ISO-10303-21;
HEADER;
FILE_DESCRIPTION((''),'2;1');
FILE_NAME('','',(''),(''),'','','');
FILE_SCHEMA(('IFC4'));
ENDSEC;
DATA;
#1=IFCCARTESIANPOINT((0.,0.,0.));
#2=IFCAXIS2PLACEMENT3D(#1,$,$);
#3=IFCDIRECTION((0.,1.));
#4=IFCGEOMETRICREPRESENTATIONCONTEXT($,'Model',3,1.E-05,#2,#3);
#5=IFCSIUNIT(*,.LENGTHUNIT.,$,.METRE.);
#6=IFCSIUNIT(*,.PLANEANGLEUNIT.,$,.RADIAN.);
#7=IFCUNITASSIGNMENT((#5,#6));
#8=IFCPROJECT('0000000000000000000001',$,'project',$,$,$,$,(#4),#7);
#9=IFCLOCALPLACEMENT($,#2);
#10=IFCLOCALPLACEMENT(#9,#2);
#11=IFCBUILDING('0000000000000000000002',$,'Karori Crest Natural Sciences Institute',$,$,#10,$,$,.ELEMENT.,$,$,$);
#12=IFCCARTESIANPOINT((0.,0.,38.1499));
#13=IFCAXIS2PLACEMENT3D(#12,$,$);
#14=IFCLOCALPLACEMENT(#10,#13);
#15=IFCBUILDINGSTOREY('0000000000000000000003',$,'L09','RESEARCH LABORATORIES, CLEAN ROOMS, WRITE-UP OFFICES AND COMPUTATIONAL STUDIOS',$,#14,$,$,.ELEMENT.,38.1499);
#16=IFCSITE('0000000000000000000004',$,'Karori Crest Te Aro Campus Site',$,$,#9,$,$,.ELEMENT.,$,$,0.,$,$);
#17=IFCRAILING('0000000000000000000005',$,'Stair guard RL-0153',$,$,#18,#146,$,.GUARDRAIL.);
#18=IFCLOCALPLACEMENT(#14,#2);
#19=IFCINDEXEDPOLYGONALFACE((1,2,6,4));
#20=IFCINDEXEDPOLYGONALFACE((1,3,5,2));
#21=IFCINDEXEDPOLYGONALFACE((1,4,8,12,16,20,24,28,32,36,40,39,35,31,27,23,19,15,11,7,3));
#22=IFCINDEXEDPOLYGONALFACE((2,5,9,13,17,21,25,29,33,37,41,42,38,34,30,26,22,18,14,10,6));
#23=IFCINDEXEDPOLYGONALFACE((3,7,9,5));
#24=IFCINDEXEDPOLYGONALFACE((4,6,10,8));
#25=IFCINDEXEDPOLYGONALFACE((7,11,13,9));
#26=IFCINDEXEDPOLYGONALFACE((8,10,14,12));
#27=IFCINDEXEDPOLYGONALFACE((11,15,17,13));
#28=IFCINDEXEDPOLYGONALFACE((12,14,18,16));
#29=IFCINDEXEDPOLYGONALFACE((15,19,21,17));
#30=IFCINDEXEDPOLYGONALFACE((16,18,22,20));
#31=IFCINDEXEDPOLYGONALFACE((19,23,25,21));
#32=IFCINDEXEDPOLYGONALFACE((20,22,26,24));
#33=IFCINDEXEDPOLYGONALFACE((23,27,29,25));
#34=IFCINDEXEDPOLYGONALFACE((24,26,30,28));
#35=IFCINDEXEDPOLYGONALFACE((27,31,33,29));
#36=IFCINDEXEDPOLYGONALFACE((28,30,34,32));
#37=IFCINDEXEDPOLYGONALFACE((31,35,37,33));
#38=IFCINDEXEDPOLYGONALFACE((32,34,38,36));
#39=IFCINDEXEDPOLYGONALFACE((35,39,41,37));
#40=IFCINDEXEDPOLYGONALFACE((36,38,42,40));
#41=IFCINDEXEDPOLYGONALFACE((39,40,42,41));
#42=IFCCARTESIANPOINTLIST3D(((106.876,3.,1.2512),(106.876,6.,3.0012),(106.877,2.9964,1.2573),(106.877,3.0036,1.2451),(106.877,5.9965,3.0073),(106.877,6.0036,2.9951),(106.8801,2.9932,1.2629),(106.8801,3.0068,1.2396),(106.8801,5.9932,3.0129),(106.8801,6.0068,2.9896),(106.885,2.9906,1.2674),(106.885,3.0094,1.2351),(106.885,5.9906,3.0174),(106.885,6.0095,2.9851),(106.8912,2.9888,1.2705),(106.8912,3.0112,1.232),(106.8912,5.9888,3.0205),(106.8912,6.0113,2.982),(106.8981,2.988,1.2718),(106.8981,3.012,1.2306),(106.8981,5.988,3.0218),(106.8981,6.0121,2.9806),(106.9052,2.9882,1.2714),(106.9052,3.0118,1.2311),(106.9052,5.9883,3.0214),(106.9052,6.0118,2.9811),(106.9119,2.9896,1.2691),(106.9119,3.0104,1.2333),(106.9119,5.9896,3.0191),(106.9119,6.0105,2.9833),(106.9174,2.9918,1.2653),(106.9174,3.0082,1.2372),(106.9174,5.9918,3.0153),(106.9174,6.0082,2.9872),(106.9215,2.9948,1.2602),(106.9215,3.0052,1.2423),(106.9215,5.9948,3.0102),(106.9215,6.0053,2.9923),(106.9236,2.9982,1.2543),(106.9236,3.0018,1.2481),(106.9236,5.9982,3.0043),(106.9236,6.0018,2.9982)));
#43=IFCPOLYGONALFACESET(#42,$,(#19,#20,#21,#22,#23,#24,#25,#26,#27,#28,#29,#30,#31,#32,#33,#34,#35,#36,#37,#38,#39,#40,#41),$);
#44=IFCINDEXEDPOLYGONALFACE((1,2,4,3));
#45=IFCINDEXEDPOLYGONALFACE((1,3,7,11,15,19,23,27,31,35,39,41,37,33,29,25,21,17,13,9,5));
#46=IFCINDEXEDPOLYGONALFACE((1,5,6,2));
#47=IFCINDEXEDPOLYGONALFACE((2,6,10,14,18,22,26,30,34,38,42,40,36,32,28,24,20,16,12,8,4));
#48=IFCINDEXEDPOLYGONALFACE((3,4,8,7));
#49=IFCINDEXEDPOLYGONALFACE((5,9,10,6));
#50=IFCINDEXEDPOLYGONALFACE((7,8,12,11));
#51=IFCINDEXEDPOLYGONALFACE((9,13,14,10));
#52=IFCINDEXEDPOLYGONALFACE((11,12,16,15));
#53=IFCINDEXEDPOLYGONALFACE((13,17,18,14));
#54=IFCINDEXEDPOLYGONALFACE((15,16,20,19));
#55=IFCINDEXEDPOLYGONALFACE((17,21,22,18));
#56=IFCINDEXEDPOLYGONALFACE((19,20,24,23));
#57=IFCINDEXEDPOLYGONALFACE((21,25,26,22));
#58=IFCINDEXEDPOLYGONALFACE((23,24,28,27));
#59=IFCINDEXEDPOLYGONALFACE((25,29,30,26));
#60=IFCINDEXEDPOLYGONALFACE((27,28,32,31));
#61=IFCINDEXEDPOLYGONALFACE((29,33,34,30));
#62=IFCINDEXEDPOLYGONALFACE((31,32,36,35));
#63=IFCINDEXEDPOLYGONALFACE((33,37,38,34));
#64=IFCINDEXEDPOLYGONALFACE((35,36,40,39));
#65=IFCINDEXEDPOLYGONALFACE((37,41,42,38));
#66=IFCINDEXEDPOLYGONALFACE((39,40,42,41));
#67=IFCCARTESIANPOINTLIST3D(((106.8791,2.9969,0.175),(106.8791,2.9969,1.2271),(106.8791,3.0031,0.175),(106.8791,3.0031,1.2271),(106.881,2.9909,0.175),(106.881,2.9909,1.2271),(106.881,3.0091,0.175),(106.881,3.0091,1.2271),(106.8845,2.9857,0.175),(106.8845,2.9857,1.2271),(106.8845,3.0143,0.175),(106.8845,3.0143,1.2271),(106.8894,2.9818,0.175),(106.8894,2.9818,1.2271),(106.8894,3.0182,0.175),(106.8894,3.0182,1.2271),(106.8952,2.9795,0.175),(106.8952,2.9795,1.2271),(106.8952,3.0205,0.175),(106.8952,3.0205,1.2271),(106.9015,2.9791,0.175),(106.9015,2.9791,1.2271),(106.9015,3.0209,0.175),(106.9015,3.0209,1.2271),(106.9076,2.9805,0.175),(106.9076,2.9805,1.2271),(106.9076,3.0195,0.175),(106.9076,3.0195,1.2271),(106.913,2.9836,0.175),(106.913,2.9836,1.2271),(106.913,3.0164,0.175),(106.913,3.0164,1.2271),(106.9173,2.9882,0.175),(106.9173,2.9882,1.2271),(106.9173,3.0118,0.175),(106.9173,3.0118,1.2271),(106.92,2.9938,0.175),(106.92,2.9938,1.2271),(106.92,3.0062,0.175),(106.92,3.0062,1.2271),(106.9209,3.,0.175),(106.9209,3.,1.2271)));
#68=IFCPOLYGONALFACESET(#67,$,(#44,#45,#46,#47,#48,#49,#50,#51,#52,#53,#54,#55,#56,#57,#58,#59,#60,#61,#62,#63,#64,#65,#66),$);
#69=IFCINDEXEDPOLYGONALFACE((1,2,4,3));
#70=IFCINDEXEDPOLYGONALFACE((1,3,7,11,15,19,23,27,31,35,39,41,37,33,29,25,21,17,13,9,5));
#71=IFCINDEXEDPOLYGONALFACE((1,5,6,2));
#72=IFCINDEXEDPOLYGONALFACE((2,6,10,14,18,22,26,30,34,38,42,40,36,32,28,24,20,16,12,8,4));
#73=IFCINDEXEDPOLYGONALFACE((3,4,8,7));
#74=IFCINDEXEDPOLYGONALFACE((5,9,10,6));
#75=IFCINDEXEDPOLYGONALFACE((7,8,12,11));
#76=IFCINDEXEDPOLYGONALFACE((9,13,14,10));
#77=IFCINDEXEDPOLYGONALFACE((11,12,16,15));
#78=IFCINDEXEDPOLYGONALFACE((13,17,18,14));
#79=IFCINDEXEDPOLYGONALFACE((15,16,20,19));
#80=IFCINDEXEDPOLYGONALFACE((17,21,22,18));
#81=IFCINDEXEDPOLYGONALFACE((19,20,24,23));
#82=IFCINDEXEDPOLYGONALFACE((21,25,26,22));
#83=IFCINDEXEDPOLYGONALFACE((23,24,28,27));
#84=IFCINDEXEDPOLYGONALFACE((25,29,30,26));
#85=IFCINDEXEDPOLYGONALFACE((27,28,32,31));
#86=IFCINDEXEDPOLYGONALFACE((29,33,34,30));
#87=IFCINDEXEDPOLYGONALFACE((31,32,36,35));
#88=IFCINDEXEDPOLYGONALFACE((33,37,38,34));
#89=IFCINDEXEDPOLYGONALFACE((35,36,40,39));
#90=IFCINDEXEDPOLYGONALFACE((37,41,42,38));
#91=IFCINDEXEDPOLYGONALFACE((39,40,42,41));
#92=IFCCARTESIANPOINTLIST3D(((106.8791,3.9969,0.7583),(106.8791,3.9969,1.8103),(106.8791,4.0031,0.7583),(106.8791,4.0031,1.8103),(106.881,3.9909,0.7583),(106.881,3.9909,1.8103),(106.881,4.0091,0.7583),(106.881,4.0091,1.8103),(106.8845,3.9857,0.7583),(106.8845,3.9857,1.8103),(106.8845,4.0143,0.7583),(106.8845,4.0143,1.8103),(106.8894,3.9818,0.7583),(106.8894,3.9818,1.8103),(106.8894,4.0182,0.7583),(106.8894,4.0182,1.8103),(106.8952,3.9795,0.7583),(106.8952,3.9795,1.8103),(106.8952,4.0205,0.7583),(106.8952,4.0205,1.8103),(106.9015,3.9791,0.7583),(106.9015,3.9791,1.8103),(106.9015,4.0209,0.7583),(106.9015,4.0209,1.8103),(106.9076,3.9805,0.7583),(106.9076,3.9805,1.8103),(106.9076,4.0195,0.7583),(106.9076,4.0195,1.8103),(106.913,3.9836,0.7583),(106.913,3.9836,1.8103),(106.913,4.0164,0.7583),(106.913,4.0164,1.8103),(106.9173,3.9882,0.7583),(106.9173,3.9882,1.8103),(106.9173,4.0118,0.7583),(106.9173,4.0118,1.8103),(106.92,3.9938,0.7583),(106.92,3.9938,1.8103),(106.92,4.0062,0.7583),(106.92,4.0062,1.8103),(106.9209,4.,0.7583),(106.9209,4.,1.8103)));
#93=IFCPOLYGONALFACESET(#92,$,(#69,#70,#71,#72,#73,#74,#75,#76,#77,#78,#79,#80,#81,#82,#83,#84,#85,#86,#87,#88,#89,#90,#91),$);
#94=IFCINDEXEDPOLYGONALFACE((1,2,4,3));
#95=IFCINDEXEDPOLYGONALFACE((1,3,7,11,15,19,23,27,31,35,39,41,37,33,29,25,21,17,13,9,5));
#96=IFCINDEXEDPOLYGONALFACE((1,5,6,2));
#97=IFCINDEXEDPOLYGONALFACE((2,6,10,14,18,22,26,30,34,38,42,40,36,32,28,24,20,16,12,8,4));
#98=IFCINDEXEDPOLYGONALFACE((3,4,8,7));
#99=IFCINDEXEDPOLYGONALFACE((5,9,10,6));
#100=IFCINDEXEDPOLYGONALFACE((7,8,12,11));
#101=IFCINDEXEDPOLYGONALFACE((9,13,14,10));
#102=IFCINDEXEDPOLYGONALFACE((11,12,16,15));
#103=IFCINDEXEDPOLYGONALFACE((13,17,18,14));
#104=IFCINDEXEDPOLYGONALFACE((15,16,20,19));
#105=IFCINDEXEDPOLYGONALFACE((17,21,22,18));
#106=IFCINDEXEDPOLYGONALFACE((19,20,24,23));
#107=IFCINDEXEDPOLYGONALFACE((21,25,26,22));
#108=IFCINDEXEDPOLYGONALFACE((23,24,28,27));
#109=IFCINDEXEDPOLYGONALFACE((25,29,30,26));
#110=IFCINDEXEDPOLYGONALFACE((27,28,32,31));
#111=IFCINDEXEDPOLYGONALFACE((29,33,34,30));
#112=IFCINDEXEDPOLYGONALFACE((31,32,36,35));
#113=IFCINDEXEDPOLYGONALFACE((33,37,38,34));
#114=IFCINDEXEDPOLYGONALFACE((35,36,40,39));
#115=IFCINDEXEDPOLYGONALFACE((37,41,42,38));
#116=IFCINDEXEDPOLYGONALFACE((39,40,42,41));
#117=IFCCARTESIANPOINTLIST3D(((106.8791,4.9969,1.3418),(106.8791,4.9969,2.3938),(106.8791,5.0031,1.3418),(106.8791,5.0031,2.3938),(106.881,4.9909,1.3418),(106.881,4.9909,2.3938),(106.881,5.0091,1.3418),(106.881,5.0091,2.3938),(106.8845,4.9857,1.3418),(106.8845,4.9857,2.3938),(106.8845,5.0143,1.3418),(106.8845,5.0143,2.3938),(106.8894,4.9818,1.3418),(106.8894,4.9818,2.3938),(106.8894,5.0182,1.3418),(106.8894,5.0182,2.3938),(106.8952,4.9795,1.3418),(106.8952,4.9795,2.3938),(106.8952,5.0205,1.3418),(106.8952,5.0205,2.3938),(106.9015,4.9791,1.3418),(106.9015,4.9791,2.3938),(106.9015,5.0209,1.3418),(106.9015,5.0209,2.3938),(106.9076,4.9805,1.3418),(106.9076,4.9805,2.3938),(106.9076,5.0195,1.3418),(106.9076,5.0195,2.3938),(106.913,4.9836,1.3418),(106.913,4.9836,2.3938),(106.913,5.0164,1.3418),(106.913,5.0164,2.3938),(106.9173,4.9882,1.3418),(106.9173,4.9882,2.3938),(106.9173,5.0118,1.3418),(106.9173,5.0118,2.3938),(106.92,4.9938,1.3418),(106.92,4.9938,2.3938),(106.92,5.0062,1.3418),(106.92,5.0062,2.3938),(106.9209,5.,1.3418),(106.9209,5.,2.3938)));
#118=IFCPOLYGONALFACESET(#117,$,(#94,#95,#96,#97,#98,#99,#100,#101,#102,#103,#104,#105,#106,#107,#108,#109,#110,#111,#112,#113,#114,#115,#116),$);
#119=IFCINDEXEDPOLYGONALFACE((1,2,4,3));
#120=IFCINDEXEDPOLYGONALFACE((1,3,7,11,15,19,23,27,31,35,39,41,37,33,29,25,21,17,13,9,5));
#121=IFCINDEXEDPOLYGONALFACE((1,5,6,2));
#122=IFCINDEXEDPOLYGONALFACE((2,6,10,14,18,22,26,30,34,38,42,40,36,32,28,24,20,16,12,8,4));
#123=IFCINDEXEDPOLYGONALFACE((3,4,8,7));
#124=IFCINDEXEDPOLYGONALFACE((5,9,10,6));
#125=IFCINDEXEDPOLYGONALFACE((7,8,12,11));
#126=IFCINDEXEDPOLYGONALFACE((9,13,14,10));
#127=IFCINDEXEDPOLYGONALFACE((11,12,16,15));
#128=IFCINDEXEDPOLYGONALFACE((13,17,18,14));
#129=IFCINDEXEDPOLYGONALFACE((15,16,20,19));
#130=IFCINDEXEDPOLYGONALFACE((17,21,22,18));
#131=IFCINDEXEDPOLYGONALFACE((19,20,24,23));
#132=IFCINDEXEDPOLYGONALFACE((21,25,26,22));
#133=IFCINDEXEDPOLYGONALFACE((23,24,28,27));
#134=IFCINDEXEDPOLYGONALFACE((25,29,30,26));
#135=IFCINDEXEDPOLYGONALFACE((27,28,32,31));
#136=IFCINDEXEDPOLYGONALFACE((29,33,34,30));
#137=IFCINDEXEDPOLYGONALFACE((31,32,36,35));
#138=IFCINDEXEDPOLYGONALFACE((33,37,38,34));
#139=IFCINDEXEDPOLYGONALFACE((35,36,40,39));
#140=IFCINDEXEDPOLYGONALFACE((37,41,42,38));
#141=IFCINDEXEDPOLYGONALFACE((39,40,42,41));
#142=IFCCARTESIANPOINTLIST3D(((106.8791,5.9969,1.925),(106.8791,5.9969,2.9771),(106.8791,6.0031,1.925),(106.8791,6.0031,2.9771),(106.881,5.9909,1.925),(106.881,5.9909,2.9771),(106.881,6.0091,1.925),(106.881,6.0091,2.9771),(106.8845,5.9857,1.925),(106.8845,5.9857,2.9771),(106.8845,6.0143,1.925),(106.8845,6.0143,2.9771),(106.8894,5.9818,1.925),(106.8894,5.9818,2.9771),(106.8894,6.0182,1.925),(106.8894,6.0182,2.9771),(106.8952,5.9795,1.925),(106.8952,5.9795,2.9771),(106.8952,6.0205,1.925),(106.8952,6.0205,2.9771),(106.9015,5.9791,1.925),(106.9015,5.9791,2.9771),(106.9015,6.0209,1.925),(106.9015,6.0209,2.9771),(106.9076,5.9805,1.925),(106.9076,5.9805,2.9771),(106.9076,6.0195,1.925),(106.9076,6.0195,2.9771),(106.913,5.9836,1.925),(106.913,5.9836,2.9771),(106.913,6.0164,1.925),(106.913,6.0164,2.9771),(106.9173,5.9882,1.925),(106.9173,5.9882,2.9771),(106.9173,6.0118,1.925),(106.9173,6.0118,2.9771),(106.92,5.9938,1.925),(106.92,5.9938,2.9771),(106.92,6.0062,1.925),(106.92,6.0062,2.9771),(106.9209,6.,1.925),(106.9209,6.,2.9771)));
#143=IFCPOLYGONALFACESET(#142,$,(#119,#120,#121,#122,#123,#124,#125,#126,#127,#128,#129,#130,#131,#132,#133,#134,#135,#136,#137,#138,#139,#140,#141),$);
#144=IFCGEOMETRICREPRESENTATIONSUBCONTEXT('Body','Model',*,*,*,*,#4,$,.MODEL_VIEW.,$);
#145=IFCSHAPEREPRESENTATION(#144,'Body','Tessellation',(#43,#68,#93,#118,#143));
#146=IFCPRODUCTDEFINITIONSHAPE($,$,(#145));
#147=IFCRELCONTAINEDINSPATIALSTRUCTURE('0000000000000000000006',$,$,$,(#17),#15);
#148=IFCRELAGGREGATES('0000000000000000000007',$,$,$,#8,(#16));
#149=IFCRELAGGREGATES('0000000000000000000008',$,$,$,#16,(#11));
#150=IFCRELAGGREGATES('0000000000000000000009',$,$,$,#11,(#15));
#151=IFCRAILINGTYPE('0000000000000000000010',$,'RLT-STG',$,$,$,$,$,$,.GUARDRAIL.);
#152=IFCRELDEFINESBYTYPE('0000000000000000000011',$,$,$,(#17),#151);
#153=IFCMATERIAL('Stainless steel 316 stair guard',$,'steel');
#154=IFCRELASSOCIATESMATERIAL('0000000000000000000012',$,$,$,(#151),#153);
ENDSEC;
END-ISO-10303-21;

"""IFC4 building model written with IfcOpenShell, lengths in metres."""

from ifc_helpers import new_model, si_unit, direction, frame, origin, origin_2d, place, context, subcontext, project, spatial, circle, extrude, material, type_object, element, save


model = new_model("IFC4")

# Units and contexts
model_context = context("Model", 3, precision=1e-05, world=origin(), true_north=direction((0.0, 1.0)))
body_context = subcontext(model_context, "Body", "Model", "MODEL_VIEW")
ifc_project = project(units=[si_unit("LENGTHUNIT", "METRE"), si_unit("PLANEANGLEUNIT", "RADIAN")], contexts=[model_context])

# Site, building, storey
site_placement = place(None, origin())
site = spatial("IfcSite", under=ifc_project, at=site_placement, Name="Karori Crest Te Aro Campus Site", CompositionType="ELEMENT", RefElevation=0.0)
building_placement = place(site_placement, origin())
building = spatial("IfcBuilding", under=site, at=building_placement, Name="Karori Crest Natural Sciences Institute", CompositionType="ELEMENT")
storey_placement = place(building_placement, frame((0.0, 0.0, 38.1499)))
storey = spatial("IfcBuildingStorey", under=building, at=storey_placement, Name="L09", Description="RESEARCH LABORATORIES, CLEAN ROOMS, WRITE-UP OFFICES AND COMPUTATIONAL STUDIOS", CompositionType="ELEMENT", Elevation=38.1499)

# Railing
ifc_material_1 = material(Name="Stainless steel 316 stair guard", Category="steel")
railing_type_1 = type_object("IfcRailingType", Name="RLT-STG", PredefinedType="GUARDRAIL", material=ifc_material_1)
railing_1_placement = place(storey_placement, frame((106.8999, 3.0, 0.175)))
element("IfcRailing", 1, at=railing_1_placement, inside=storey, type_object=railing_type_1, Name="Stair guard RL-0153", PredefinedType="GUARDRAIL", context=body_context, shape_type="SweptSolid", body=[
    extrude(circle(Radius=0.0239, at=origin_2d()), frame((0.0, 0.0, 1.0762), z_axis=(0.0, 0.863779, 0.503871), x_axis=(-1.0, 0.0, 0.0)), (0.0, 0.0, 1.0), 3.4731),
    extrude(circle(Radius=0.021, at=origin_2d()), origin(), (0.0, 0.0, 1.0), 1.052),
    extrude(circle(Radius=0.021, at=origin_2d()), frame((0.0, 1.0, 0.5833)), (0.0, 0.0, 1.0), 1.052),
    extrude(circle(Radius=0.021, at=origin_2d()), frame((0.0, 2.0, 1.1667)), (0.0, 0.0, 1.0), 1.052),
    extrude(circle(Radius=0.021, at=origin_2d()), frame((0.0, 3.0, 1.75)), (0.0, 0.0, 1.0), 1.052),
])

save(model, "model.ifc")
